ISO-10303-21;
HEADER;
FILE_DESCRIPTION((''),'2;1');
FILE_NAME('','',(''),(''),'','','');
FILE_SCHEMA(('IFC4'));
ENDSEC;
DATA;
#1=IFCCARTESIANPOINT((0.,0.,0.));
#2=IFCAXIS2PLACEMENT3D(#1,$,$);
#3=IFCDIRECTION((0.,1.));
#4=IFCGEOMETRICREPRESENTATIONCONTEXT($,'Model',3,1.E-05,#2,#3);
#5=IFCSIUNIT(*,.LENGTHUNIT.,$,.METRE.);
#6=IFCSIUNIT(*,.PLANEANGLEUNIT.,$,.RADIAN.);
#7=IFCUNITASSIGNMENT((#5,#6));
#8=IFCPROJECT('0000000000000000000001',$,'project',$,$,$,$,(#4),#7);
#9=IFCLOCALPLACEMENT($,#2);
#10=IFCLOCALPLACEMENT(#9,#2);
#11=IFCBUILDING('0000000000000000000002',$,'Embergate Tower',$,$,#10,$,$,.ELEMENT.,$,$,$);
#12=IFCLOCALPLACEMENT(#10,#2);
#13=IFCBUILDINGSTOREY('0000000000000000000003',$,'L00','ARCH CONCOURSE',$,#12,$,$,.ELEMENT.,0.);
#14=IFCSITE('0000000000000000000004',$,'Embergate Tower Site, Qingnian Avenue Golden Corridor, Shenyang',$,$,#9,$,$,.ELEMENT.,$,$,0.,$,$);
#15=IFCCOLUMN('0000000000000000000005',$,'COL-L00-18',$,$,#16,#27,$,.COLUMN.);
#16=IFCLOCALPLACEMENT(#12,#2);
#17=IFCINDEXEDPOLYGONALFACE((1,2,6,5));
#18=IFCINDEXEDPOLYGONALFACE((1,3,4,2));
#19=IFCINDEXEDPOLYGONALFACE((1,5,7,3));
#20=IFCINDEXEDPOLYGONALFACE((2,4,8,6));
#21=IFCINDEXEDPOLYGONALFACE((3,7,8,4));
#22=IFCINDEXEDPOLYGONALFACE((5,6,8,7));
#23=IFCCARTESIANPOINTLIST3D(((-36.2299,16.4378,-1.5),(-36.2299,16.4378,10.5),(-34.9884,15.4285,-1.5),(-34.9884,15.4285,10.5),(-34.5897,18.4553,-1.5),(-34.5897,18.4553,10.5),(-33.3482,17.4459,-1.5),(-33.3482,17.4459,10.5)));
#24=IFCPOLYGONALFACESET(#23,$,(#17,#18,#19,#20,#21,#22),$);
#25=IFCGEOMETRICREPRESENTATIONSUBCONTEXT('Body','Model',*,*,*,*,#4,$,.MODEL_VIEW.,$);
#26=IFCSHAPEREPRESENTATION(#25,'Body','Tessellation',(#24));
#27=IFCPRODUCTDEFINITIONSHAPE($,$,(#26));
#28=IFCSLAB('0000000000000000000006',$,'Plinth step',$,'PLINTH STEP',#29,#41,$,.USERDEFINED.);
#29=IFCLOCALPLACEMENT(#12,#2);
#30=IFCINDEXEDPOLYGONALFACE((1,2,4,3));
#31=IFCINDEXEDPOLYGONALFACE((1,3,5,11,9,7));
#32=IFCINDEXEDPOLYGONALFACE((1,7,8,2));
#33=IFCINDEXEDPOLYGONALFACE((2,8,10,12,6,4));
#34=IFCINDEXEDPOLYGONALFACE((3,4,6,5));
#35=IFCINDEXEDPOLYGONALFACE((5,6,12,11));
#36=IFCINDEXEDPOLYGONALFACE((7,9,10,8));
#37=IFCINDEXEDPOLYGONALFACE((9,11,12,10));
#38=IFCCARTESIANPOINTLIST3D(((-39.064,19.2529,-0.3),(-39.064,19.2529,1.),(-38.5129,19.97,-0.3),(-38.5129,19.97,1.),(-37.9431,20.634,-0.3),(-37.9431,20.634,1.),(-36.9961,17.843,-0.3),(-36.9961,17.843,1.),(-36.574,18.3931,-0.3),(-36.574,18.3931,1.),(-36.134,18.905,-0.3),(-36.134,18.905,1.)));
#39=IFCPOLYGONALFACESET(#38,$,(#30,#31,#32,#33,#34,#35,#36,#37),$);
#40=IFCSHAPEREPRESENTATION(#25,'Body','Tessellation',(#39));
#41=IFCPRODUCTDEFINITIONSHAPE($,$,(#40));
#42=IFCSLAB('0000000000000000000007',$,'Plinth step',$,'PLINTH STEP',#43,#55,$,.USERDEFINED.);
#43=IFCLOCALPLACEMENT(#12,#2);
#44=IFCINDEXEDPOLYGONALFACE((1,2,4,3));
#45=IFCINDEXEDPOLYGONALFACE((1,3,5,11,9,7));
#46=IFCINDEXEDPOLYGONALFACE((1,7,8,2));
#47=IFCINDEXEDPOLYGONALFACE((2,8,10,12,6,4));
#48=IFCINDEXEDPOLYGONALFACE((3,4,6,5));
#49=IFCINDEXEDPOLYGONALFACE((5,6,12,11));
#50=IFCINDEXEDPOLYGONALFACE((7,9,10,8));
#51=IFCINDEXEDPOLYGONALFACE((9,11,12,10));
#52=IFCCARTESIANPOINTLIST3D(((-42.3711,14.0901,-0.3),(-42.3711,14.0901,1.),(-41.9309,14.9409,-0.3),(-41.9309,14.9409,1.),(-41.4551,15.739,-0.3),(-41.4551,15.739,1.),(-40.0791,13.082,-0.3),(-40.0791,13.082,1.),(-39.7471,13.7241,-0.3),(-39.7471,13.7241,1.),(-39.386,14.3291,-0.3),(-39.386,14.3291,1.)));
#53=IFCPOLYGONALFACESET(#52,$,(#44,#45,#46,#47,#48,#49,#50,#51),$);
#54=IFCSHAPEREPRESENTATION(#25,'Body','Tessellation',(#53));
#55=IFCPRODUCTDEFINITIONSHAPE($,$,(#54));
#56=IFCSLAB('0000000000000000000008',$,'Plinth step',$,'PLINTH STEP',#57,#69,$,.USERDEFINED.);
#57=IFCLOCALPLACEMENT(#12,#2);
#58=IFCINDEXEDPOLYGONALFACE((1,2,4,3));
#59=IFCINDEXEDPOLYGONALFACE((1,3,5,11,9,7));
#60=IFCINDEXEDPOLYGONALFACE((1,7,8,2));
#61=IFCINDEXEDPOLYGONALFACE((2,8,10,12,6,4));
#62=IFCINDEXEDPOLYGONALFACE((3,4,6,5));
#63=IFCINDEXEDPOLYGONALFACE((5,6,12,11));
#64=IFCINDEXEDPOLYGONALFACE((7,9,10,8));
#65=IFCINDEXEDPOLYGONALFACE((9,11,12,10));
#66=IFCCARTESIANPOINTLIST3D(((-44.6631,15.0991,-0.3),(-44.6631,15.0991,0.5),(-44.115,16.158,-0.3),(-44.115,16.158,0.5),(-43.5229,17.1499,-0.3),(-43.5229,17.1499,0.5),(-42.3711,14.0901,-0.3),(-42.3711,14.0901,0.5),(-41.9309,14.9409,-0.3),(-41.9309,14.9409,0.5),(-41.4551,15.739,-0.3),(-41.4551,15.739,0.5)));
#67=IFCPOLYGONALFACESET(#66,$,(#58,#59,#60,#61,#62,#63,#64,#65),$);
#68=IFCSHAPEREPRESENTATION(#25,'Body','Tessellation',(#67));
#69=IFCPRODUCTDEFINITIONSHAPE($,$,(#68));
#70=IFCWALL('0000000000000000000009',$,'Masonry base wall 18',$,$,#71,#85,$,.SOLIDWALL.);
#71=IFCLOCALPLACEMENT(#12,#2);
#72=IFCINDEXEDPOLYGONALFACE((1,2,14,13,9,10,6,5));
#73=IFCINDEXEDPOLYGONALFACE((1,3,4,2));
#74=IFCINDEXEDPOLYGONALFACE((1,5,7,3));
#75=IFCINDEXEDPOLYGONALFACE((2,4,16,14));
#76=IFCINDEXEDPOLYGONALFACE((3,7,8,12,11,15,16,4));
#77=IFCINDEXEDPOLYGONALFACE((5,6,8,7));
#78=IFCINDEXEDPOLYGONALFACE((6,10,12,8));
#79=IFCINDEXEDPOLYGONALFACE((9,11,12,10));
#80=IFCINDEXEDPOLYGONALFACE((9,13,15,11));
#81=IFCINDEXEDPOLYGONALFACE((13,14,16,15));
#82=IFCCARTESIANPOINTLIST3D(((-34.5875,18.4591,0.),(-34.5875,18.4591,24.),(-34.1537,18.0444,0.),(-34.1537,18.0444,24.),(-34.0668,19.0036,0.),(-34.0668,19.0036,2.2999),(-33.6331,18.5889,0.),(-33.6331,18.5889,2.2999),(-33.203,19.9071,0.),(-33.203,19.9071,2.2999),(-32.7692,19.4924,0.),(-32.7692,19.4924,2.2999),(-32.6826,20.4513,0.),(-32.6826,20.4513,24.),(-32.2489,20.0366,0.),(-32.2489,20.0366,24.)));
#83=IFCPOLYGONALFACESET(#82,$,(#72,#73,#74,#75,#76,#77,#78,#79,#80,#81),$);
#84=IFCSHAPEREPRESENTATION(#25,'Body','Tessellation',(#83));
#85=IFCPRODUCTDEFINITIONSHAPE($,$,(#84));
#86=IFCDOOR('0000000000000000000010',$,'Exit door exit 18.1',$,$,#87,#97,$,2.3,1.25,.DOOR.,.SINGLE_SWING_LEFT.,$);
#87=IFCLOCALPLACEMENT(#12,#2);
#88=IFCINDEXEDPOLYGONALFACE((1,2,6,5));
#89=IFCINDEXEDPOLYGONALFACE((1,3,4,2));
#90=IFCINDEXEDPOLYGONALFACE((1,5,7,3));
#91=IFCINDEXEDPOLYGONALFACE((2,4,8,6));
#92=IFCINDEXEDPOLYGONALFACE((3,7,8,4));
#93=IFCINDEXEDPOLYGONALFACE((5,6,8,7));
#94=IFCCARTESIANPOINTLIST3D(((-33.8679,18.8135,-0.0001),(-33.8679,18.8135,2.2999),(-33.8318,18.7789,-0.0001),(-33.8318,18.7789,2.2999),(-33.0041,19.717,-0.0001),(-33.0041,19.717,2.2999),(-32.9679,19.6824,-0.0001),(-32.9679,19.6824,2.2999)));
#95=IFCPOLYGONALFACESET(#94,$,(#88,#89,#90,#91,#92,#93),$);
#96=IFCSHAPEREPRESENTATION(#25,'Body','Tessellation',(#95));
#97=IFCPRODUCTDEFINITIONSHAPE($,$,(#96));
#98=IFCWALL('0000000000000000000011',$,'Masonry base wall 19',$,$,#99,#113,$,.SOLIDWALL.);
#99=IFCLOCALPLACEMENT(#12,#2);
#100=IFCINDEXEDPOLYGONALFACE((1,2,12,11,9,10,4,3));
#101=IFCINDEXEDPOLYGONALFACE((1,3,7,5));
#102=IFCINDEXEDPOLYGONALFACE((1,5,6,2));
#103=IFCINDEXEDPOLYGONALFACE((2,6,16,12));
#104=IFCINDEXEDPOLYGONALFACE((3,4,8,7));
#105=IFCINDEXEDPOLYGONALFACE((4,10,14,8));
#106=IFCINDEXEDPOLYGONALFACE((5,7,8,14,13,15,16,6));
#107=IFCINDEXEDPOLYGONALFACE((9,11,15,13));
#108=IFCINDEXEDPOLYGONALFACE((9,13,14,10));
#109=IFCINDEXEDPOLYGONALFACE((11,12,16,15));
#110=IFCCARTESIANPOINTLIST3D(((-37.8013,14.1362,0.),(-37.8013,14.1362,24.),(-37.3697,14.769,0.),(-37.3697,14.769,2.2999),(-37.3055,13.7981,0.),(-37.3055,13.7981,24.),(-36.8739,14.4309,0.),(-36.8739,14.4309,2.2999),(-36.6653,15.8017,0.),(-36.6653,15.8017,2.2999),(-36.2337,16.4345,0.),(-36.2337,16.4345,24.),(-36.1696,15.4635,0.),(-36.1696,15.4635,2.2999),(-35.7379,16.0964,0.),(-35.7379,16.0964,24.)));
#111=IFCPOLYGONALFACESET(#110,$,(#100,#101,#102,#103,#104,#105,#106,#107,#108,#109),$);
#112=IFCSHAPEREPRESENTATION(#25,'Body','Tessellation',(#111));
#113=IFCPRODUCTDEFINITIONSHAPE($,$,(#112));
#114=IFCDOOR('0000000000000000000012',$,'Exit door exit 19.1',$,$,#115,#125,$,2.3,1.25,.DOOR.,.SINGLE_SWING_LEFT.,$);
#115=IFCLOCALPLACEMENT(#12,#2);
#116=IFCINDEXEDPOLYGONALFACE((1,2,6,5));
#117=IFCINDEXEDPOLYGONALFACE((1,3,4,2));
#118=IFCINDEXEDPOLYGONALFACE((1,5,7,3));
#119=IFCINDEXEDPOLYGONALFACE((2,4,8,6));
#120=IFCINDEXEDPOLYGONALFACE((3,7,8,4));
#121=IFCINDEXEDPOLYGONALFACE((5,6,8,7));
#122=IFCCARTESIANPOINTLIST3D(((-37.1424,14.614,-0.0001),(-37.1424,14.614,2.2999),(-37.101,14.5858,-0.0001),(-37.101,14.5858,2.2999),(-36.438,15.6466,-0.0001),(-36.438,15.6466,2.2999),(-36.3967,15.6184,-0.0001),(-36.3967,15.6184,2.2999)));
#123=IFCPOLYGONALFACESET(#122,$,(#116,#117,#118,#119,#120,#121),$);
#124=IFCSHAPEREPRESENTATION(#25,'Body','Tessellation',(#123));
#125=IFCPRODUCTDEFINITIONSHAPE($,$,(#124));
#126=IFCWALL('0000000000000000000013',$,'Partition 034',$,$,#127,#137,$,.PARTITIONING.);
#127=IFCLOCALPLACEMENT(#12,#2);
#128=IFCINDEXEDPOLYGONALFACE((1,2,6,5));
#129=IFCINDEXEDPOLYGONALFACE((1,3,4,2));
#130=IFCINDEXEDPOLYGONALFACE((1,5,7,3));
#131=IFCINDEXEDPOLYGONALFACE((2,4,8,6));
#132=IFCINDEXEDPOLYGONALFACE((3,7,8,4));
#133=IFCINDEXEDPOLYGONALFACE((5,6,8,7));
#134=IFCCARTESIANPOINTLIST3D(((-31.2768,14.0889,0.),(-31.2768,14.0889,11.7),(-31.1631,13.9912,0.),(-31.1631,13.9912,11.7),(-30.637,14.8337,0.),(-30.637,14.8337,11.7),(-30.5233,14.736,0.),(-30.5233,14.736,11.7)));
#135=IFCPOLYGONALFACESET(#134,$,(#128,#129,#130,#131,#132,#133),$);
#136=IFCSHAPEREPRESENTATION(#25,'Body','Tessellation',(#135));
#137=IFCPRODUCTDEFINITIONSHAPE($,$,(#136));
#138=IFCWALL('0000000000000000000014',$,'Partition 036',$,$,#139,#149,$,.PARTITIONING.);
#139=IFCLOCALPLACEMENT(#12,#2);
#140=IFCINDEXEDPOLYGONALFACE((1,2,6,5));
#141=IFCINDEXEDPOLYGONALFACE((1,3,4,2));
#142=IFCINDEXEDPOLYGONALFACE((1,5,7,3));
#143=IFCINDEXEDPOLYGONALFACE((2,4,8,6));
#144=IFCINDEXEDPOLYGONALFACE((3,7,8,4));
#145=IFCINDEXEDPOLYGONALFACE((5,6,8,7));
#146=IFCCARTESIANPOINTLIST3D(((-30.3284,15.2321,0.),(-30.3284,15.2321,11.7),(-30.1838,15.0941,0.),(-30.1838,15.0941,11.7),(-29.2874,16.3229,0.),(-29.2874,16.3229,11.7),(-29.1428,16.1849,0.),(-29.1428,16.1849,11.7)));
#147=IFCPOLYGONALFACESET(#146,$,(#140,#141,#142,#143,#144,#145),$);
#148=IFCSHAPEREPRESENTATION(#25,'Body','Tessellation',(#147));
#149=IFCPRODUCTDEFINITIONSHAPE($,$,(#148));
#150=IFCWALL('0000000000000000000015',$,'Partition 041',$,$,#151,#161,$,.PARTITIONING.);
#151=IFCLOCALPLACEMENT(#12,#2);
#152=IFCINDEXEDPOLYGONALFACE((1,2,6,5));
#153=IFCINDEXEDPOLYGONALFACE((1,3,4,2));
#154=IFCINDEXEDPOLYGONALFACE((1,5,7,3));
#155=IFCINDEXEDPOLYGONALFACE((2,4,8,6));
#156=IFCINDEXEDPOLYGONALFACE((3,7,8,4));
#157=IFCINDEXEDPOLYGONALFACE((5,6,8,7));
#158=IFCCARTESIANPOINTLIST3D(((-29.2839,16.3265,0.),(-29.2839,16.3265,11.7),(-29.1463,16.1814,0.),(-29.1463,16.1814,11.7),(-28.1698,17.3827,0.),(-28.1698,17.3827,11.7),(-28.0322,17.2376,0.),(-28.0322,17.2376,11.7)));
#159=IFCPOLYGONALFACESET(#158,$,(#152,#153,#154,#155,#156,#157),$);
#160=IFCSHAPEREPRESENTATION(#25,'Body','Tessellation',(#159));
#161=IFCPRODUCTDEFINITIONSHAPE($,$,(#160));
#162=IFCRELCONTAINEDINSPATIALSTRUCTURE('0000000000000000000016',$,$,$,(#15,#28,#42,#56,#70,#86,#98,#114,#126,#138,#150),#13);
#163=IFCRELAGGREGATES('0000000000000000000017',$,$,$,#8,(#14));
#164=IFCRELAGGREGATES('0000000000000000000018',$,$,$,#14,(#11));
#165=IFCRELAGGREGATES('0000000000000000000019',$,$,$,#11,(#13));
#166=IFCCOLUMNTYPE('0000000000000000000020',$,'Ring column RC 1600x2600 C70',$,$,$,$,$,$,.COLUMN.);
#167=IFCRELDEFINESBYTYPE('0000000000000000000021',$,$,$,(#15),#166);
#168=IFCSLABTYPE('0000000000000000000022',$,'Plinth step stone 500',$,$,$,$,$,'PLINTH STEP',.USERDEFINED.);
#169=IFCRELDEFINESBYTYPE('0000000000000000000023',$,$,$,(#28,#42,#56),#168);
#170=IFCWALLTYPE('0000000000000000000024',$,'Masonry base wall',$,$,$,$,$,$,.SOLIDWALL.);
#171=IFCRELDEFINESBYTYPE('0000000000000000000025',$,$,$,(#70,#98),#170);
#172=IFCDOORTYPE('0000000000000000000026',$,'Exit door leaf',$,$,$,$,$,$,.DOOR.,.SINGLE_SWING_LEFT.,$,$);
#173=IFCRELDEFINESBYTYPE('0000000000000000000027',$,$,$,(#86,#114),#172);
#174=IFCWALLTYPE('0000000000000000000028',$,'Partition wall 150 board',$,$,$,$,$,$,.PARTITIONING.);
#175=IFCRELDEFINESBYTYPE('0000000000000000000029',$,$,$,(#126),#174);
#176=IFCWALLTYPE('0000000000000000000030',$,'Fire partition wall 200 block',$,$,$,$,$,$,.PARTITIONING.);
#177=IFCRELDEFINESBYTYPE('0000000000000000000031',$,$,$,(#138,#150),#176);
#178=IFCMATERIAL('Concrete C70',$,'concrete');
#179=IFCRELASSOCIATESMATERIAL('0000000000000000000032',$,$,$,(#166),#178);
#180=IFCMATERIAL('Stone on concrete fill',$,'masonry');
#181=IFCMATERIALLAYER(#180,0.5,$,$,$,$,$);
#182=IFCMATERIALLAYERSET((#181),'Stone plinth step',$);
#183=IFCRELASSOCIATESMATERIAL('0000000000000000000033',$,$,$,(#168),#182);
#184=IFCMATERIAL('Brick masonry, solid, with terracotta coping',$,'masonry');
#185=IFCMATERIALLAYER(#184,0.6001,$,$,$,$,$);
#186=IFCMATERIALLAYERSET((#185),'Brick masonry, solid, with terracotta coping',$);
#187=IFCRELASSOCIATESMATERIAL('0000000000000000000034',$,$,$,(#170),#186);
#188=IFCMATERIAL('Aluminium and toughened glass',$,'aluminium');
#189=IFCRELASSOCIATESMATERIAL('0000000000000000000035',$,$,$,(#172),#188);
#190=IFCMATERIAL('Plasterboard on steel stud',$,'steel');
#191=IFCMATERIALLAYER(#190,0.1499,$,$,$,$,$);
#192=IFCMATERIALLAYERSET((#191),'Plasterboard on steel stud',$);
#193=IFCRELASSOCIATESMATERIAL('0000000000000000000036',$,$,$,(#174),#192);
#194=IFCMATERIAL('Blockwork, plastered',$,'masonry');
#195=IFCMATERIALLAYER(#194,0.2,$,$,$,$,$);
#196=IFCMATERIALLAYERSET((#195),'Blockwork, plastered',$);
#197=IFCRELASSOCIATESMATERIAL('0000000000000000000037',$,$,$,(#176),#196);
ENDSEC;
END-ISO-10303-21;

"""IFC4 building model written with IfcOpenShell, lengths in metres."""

from ifc_helpers import new_model, si_unit, direction, frame, frame_2d, origin, origin_2d, place, context, subcontext, project, spatial, polyline, rectangle, outline, extrude, source, transform, mapped, material, layer, layer_set, material_profile, profile_set, type_object, element, fill, save


model = new_model("IFC4")

# Units and contexts
model_context = context("Model", 3, precision=1e-05, world=origin(), true_north=direction((0.0, 1.0)))
body_context = subcontext(model_context, "Body", "Model", "MODEL_VIEW")
ifc_project = project(units=[si_unit("LENGTHUNIT", "METRE"), si_unit("PLANEANGLEUNIT", "RADIAN")], contexts=[model_context])

# Site, building, storey
site_placement = place(None, origin())
site = spatial("IfcSite", under=ifc_project, at=site_placement, Name="Embergate Tower Site, Qingnian Avenue Golden Corridor, Shenyang", CompositionType="ELEMENT", RefElevation=0.0)
building_placement = place(site_placement, origin())
building = spatial("IfcBuilding", under=site, at=building_placement, Name="Embergate Tower", CompositionType="ELEMENT")
storey_placement = place(building_placement, origin())
storey = spatial("IfcBuildingStorey", under=building, at=storey_placement, Name="L00", Description="ARCH CONCOURSE", CompositionType="ELEMENT", Elevation=0.0)

# Column
ifc_material_1 = material(Name="Concrete C70", Category="concrete")
ifc_material_profile = material_profile(ifc_material_1, rectangle(XDim=1.6001, YDim=2.6001, at=origin_2d()), Name="RC 1600x2600")
ifc_profile_set = profile_set([ifc_material_profile], Name="Concrete C70")
column_type = type_object("IfcColumnType", Name="Ring column RC 1600x2600 C70", PredefinedType="COLUMN", material=ifc_profile_set)
shared_shape_1 = source(origin(), body_context, "Body", "SweptSolid", [
    extrude(rectangle(XDim=1.6001, YDim=2.6001, at=origin_2d()), origin(), (0.0, 0.0, 1.0), 12.0),
])
column_placement = place(storey_placement, frame((-34.7891, 16.9419, -1.5), z_axis=(0.0, 0.0, 1.0), x_axis=(-0.775925, 0.630825, 0.0)))
element("IfcColumn", 1, at=column_placement, inside=storey, type_object=column_type, Name="COL-L00-18", PredefinedType="COLUMN", context=body_context, shape_type="MappedRepresentation", body=[
    mapped(shared_shape_1, transform((0.0, 0.0, 0.0))),
])

# Slabs
ifc_material_2 = material(Name="Stone on concrete fill", Category="masonry")
ifc_layer_1 = layer(ifc_material_2, 0.5)
ifc_layer_set_1 = layer_set([ifc_layer_1], Name="Stone plinth step")
slab_type = type_object("IfcSlabType", Name="Plinth step stone 500", ElementType="PLINTH STEP", PredefinedType="USERDEFINED", material=ifc_layer_set_1)
shared_shape_2 = source(origin(), body_context, "Body", "SweptSolid", [
    extrude(outline(polyline([(0.0, 0.0), (-2.0679, 1.4099), (-1.5168, 2.127), (-0.947, 2.791), (0.8621, 1.062), (0.4221, 0.55), (0.0, 0.0)])), origin(), (0.0, 0.0, 1.0), 1.3),
])
slab_1_placement = place(storey_placement, frame((-36.9961, 17.843, -0.3)))
element("IfcSlab", 2, at=slab_1_placement, inside=storey, type_object=slab_type, Name="Plinth step", ObjectType="PLINTH STEP", PredefinedType="USERDEFINED", context=body_context, shape_type="MappedRepresentation", body=[
    mapped(shared_shape_2, transform((0.0, 0.0, 0.0))),
])
shared_shape_3 = source(origin(), body_context, "Body", "SweptSolid", [
    extrude(outline(polyline([(0.0, 0.0), (-2.292, 1.0081), (-1.8518, 1.8589), (-1.376, 2.657), (0.6931, 1.2471), (0.332, 0.6421), (0.0, 0.0)])), origin(), (0.0, 0.0, 1.0), 1.3),
])
slab_2_placement = place(storey_placement, frame((-40.0791, 13.082, -0.3)))
element("IfcSlab", 3, at=slab_2_placement, inside=storey, type_object=slab_type, Name="Plinth step", ObjectType="PLINTH STEP", PredefinedType="USERDEFINED", context=body_context, shape_type="MappedRepresentation", body=[
    mapped(shared_shape_3, transform((0.0, 0.0, 0.0))),
])
shared_shape_4 = source(origin(), body_context, "Body", "SweptSolid", [
    extrude(outline(polyline([(0.0, 0.0), (-2.292, 1.009), (-1.7439, 2.0679), (-1.1519, 3.0598), (0.916, 1.6489), (0.4402, 0.8508), (0.0, 0.0)])), origin(), (0.0, 0.0, 1.0), 0.8),
])
slab_3_placement = place(storey_placement, frame((-42.3711, 14.0901, -0.3)))
element("IfcSlab", 4, at=slab_3_placement, inside=storey, type_object=slab_type, Name="Plinth step", ObjectType="PLINTH STEP", PredefinedType="USERDEFINED", context=body_context, shape_type="MappedRepresentation", body=[
    mapped(shared_shape_4, transform((0.0, 0.0, 0.0))),
])

# Walls, openings, doors
ifc_material_3 = material(Name="Brick masonry, solid, with terracotta coping", Category="masonry")
ifc_layer_2 = layer(ifc_material_3, 0.6001)
ifc_layer_set_2 = layer_set([ifc_layer_2], Name="Brick masonry, solid, with terracotta coping")
wall_type_1 = type_object("IfcWallType", Name="Masonry base wall", PredefinedType="SOLIDWALL", material=ifc_layer_set_2)
shared_shape_5 = source(origin(), body_context, "Body", "SweptSolid", [
    extrude(rectangle(XDim=2.7563, YDim=0.6001, at=frame_2d((1.3782, 0.0))), origin(), (0.0, 0.0, 1.0), 24.0),
])
wall_1_placement = place(storey_placement, frame((-34.3706, 18.2517, 0.0), z_axis=(0.0, 0.0, 1.0), x_axis=(0.691074, 0.722784, 0.0)))
wall_1 = element("IfcWall", 5, at=wall_1_placement, inside=storey, type_object=wall_type_1, Name="Masonry base wall 18", PredefinedType="SOLIDWALL", context=body_context, shape_type="MappedRepresentation", body=[
    mapped(shared_shape_5, transform((0.0, 0.0, 0.0))),
])
shared_shape_6 = source(origin(), body_context, "Body", "SweptSolid", [
    extrude(rectangle(XDim=1.25, YDim=2.3, at=frame_2d((0.625, 1.1499))), frame((0.0, 0.3101, 0.0), z_axis=(0.0, -1.0, 0.0), x_axis=(1.0, 0.0, 0.0)), (0.0, 0.0, 1.0), 0.6201),
])
opening_1_placement = place(wall_1_placement, frame((0.7534, 0.0, 0.0)))
opening_1 = element("IfcOpeningElement", 6, at=opening_1_placement, cuts=wall_1, PredefinedType="OPENING", context=body_context, shape_type="MappedRepresentation", body=[
    mapped(shared_shape_6, transform((0.0, 0.0, 0.0))),
])
ifc_material_4 = material(Name="Aluminium and toughened glass", Category="aluminium")
door_type = type_object("IfcDoorType", Name="Exit door leaf", OperationType="SINGLE_SWING_LEFT", PredefinedType="DOOR", material=ifc_material_4)
shared_shape_7 = source(origin(), body_context, "Body", "SweptSolid", [
    extrude(rectangle(XDim=1.25, YDim=2.3, at=frame_2d((0.625, 1.1499))), frame((0.0, 0.0249, 0.0), z_axis=(0.0, -1.0, 0.0), x_axis=(1.0, 0.0, 0.0)), (0.0, 0.0, 1.0), 0.05),
])
door_1_placement = place(opening_1_placement, origin())
door_1 = element("IfcDoor", 7, at=door_1_placement, inside=storey, type_object=door_type, Name="Exit door exit 18.1", OperationType="SINGLE_SWING_LEFT", OverallHeight=2.3, OverallWidth=1.25, PredefinedType="DOOR", context=body_context, shape_type="MappedRepresentation", body=[
    mapped(shared_shape_7, transform((0.0, 0.0, 0.0))),
])
fill(opening_1, door_1)
shared_shape_8 = source(origin(), body_context, "Body", "SweptSolid", [
    extrude(rectangle(XDim=2.782, YDim=0.6001, at=frame_2d((1.3911, 0.0))), origin(), (0.0, 0.0, 1.0), 24.0),
])
wall_2_placement = place(storey_placement, frame((-37.5535, 13.967, 0.0), z_axis=(0.0, 0.0, 1.0), x_axis=(0.563478, 0.826131, 0.0)))
wall_2 = element("IfcWall", 8, at=wall_2_placement, inside=storey, type_object=wall_type_1, Name="Masonry base wall 19", PredefinedType="SOLIDWALL", context=body_context, shape_type="MappedRepresentation", body=[
    mapped(shared_shape_8, transform((0.0, 0.0, 0.0))),
])
opening_2_placement = place(wall_2_placement, frame((0.7661, 0.0, 0.0)))
opening_2 = element("IfcOpeningElement", 9, at=opening_2_placement, cuts=wall_2, PredefinedType="OPENING", context=body_context, shape_type="MappedRepresentation", body=[
    mapped(shared_shape_6, transform((0.0, 0.0, 0.0))),
])
door_2_placement = place(opening_2_placement, origin())
door_2 = element("IfcDoor", 10, at=door_2_placement, inside=storey, type_object=door_type, Name="Exit door exit 19.1", OperationType="SINGLE_SWING_LEFT", OverallHeight=2.3, OverallWidth=1.25, PredefinedType="DOOR", context=body_context, shape_type="MappedRepresentation", body=[
    mapped(shared_shape_7, transform((0.0, 0.0, 0.0))),
])
fill(opening_2, door_2)

# Walls
ifc_material_5 = material(Name="Plasterboard on steel stud", Category="steel")
ifc_layer_3 = layer(ifc_material_5, 0.1499)
ifc_layer_set_3 = layer_set([ifc_layer_3], Name="Plasterboard on steel stud")
wall_type_2 = type_object("IfcWallType", Name="Partition wall 150 board", PredefinedType="PARTITIONING", material=ifc_layer_set_3)
shared_shape_9 = source(origin(), body_context, "Body", "SweptSolid", [
    extrude(rectangle(XDim=0.9819, YDim=0.1499, at=frame_2d((0.491, 0.0))), origin(), (0.0, 0.0, 1.0), 11.7),
])
wall_3_placement = place(storey_placement, frame((-31.22, 14.04, 0.0), z_axis=(0.0, 0.0, 1.0), x_axis=(0.65163, 0.758537, 0.0)))
element("IfcWall", 11, at=wall_3_placement, inside=storey, type_object=wall_type_2, Name="Partition 034", PredefinedType="PARTITIONING", context=body_context, shape_type="MappedRepresentation", body=[
    mapped(shared_shape_9, transform((0.0, 0.0, 0.0))),
])
ifc_material_6 = material(Name="Blockwork, plastered", Category="masonry")
ifc_layer_4 = layer(ifc_material_6, 0.2)
ifc_layer_set_4 = layer_set([ifc_layer_4], Name="Blockwork, plastered")
wall_type_3 = type_object("IfcWallType", Name="Fire partition wall 200 block", PredefinedType="PARTITIONING", material=ifc_layer_set_4)
shared_shape_10 = source(origin(), body_context, "Body", "SweptSolid", [
    extrude(rectangle(XDim=1.5078, YDim=0.2, at=frame_2d((0.7539, 0.0))), origin(), (0.0, 0.0, 1.0), 11.7),
])
wall_4_placement = place(storey_placement, frame((-30.2561, 15.1631, 0.0), z_axis=(0.0, 0.0, 1.0), x_axis=(0.690399, 0.723429, 0.0)))
element("IfcWall", 12, at=wall_4_placement, inside=storey, type_object=wall_type_3, Name="Partition 036", PredefinedType="PARTITIONING", context=body_context, shape_type="MappedRepresentation", body=[
    mapped(shared_shape_10, transform((0.0, 0.0, 0.0))),
])
shared_shape_11 = source(origin(), body_context, "Body", "SweptSolid", [
    extrude(rectangle(XDim=1.5352, YDim=0.2, at=frame_2d((0.7676, 0.0))), origin(), (0.0, 0.0, 1.0), 11.7),
])
wall_5_placement = place(storey_placement, frame((-29.2151, 16.2539, 0.0), z_axis=(0.0, 0.0, 1.0), x_axis=(0.725702, 0.688009, 0.0)))
element("IfcWall", 13, at=wall_5_placement, inside=storey, type_object=wall_type_3, Name="Partition 041", PredefinedType="PARTITIONING", context=body_context, shape_type="MappedRepresentation", body=[
    mapped(shared_shape_11, transform((0.0, 0.0, 0.0))),
])

save(model, "model.ifc")
